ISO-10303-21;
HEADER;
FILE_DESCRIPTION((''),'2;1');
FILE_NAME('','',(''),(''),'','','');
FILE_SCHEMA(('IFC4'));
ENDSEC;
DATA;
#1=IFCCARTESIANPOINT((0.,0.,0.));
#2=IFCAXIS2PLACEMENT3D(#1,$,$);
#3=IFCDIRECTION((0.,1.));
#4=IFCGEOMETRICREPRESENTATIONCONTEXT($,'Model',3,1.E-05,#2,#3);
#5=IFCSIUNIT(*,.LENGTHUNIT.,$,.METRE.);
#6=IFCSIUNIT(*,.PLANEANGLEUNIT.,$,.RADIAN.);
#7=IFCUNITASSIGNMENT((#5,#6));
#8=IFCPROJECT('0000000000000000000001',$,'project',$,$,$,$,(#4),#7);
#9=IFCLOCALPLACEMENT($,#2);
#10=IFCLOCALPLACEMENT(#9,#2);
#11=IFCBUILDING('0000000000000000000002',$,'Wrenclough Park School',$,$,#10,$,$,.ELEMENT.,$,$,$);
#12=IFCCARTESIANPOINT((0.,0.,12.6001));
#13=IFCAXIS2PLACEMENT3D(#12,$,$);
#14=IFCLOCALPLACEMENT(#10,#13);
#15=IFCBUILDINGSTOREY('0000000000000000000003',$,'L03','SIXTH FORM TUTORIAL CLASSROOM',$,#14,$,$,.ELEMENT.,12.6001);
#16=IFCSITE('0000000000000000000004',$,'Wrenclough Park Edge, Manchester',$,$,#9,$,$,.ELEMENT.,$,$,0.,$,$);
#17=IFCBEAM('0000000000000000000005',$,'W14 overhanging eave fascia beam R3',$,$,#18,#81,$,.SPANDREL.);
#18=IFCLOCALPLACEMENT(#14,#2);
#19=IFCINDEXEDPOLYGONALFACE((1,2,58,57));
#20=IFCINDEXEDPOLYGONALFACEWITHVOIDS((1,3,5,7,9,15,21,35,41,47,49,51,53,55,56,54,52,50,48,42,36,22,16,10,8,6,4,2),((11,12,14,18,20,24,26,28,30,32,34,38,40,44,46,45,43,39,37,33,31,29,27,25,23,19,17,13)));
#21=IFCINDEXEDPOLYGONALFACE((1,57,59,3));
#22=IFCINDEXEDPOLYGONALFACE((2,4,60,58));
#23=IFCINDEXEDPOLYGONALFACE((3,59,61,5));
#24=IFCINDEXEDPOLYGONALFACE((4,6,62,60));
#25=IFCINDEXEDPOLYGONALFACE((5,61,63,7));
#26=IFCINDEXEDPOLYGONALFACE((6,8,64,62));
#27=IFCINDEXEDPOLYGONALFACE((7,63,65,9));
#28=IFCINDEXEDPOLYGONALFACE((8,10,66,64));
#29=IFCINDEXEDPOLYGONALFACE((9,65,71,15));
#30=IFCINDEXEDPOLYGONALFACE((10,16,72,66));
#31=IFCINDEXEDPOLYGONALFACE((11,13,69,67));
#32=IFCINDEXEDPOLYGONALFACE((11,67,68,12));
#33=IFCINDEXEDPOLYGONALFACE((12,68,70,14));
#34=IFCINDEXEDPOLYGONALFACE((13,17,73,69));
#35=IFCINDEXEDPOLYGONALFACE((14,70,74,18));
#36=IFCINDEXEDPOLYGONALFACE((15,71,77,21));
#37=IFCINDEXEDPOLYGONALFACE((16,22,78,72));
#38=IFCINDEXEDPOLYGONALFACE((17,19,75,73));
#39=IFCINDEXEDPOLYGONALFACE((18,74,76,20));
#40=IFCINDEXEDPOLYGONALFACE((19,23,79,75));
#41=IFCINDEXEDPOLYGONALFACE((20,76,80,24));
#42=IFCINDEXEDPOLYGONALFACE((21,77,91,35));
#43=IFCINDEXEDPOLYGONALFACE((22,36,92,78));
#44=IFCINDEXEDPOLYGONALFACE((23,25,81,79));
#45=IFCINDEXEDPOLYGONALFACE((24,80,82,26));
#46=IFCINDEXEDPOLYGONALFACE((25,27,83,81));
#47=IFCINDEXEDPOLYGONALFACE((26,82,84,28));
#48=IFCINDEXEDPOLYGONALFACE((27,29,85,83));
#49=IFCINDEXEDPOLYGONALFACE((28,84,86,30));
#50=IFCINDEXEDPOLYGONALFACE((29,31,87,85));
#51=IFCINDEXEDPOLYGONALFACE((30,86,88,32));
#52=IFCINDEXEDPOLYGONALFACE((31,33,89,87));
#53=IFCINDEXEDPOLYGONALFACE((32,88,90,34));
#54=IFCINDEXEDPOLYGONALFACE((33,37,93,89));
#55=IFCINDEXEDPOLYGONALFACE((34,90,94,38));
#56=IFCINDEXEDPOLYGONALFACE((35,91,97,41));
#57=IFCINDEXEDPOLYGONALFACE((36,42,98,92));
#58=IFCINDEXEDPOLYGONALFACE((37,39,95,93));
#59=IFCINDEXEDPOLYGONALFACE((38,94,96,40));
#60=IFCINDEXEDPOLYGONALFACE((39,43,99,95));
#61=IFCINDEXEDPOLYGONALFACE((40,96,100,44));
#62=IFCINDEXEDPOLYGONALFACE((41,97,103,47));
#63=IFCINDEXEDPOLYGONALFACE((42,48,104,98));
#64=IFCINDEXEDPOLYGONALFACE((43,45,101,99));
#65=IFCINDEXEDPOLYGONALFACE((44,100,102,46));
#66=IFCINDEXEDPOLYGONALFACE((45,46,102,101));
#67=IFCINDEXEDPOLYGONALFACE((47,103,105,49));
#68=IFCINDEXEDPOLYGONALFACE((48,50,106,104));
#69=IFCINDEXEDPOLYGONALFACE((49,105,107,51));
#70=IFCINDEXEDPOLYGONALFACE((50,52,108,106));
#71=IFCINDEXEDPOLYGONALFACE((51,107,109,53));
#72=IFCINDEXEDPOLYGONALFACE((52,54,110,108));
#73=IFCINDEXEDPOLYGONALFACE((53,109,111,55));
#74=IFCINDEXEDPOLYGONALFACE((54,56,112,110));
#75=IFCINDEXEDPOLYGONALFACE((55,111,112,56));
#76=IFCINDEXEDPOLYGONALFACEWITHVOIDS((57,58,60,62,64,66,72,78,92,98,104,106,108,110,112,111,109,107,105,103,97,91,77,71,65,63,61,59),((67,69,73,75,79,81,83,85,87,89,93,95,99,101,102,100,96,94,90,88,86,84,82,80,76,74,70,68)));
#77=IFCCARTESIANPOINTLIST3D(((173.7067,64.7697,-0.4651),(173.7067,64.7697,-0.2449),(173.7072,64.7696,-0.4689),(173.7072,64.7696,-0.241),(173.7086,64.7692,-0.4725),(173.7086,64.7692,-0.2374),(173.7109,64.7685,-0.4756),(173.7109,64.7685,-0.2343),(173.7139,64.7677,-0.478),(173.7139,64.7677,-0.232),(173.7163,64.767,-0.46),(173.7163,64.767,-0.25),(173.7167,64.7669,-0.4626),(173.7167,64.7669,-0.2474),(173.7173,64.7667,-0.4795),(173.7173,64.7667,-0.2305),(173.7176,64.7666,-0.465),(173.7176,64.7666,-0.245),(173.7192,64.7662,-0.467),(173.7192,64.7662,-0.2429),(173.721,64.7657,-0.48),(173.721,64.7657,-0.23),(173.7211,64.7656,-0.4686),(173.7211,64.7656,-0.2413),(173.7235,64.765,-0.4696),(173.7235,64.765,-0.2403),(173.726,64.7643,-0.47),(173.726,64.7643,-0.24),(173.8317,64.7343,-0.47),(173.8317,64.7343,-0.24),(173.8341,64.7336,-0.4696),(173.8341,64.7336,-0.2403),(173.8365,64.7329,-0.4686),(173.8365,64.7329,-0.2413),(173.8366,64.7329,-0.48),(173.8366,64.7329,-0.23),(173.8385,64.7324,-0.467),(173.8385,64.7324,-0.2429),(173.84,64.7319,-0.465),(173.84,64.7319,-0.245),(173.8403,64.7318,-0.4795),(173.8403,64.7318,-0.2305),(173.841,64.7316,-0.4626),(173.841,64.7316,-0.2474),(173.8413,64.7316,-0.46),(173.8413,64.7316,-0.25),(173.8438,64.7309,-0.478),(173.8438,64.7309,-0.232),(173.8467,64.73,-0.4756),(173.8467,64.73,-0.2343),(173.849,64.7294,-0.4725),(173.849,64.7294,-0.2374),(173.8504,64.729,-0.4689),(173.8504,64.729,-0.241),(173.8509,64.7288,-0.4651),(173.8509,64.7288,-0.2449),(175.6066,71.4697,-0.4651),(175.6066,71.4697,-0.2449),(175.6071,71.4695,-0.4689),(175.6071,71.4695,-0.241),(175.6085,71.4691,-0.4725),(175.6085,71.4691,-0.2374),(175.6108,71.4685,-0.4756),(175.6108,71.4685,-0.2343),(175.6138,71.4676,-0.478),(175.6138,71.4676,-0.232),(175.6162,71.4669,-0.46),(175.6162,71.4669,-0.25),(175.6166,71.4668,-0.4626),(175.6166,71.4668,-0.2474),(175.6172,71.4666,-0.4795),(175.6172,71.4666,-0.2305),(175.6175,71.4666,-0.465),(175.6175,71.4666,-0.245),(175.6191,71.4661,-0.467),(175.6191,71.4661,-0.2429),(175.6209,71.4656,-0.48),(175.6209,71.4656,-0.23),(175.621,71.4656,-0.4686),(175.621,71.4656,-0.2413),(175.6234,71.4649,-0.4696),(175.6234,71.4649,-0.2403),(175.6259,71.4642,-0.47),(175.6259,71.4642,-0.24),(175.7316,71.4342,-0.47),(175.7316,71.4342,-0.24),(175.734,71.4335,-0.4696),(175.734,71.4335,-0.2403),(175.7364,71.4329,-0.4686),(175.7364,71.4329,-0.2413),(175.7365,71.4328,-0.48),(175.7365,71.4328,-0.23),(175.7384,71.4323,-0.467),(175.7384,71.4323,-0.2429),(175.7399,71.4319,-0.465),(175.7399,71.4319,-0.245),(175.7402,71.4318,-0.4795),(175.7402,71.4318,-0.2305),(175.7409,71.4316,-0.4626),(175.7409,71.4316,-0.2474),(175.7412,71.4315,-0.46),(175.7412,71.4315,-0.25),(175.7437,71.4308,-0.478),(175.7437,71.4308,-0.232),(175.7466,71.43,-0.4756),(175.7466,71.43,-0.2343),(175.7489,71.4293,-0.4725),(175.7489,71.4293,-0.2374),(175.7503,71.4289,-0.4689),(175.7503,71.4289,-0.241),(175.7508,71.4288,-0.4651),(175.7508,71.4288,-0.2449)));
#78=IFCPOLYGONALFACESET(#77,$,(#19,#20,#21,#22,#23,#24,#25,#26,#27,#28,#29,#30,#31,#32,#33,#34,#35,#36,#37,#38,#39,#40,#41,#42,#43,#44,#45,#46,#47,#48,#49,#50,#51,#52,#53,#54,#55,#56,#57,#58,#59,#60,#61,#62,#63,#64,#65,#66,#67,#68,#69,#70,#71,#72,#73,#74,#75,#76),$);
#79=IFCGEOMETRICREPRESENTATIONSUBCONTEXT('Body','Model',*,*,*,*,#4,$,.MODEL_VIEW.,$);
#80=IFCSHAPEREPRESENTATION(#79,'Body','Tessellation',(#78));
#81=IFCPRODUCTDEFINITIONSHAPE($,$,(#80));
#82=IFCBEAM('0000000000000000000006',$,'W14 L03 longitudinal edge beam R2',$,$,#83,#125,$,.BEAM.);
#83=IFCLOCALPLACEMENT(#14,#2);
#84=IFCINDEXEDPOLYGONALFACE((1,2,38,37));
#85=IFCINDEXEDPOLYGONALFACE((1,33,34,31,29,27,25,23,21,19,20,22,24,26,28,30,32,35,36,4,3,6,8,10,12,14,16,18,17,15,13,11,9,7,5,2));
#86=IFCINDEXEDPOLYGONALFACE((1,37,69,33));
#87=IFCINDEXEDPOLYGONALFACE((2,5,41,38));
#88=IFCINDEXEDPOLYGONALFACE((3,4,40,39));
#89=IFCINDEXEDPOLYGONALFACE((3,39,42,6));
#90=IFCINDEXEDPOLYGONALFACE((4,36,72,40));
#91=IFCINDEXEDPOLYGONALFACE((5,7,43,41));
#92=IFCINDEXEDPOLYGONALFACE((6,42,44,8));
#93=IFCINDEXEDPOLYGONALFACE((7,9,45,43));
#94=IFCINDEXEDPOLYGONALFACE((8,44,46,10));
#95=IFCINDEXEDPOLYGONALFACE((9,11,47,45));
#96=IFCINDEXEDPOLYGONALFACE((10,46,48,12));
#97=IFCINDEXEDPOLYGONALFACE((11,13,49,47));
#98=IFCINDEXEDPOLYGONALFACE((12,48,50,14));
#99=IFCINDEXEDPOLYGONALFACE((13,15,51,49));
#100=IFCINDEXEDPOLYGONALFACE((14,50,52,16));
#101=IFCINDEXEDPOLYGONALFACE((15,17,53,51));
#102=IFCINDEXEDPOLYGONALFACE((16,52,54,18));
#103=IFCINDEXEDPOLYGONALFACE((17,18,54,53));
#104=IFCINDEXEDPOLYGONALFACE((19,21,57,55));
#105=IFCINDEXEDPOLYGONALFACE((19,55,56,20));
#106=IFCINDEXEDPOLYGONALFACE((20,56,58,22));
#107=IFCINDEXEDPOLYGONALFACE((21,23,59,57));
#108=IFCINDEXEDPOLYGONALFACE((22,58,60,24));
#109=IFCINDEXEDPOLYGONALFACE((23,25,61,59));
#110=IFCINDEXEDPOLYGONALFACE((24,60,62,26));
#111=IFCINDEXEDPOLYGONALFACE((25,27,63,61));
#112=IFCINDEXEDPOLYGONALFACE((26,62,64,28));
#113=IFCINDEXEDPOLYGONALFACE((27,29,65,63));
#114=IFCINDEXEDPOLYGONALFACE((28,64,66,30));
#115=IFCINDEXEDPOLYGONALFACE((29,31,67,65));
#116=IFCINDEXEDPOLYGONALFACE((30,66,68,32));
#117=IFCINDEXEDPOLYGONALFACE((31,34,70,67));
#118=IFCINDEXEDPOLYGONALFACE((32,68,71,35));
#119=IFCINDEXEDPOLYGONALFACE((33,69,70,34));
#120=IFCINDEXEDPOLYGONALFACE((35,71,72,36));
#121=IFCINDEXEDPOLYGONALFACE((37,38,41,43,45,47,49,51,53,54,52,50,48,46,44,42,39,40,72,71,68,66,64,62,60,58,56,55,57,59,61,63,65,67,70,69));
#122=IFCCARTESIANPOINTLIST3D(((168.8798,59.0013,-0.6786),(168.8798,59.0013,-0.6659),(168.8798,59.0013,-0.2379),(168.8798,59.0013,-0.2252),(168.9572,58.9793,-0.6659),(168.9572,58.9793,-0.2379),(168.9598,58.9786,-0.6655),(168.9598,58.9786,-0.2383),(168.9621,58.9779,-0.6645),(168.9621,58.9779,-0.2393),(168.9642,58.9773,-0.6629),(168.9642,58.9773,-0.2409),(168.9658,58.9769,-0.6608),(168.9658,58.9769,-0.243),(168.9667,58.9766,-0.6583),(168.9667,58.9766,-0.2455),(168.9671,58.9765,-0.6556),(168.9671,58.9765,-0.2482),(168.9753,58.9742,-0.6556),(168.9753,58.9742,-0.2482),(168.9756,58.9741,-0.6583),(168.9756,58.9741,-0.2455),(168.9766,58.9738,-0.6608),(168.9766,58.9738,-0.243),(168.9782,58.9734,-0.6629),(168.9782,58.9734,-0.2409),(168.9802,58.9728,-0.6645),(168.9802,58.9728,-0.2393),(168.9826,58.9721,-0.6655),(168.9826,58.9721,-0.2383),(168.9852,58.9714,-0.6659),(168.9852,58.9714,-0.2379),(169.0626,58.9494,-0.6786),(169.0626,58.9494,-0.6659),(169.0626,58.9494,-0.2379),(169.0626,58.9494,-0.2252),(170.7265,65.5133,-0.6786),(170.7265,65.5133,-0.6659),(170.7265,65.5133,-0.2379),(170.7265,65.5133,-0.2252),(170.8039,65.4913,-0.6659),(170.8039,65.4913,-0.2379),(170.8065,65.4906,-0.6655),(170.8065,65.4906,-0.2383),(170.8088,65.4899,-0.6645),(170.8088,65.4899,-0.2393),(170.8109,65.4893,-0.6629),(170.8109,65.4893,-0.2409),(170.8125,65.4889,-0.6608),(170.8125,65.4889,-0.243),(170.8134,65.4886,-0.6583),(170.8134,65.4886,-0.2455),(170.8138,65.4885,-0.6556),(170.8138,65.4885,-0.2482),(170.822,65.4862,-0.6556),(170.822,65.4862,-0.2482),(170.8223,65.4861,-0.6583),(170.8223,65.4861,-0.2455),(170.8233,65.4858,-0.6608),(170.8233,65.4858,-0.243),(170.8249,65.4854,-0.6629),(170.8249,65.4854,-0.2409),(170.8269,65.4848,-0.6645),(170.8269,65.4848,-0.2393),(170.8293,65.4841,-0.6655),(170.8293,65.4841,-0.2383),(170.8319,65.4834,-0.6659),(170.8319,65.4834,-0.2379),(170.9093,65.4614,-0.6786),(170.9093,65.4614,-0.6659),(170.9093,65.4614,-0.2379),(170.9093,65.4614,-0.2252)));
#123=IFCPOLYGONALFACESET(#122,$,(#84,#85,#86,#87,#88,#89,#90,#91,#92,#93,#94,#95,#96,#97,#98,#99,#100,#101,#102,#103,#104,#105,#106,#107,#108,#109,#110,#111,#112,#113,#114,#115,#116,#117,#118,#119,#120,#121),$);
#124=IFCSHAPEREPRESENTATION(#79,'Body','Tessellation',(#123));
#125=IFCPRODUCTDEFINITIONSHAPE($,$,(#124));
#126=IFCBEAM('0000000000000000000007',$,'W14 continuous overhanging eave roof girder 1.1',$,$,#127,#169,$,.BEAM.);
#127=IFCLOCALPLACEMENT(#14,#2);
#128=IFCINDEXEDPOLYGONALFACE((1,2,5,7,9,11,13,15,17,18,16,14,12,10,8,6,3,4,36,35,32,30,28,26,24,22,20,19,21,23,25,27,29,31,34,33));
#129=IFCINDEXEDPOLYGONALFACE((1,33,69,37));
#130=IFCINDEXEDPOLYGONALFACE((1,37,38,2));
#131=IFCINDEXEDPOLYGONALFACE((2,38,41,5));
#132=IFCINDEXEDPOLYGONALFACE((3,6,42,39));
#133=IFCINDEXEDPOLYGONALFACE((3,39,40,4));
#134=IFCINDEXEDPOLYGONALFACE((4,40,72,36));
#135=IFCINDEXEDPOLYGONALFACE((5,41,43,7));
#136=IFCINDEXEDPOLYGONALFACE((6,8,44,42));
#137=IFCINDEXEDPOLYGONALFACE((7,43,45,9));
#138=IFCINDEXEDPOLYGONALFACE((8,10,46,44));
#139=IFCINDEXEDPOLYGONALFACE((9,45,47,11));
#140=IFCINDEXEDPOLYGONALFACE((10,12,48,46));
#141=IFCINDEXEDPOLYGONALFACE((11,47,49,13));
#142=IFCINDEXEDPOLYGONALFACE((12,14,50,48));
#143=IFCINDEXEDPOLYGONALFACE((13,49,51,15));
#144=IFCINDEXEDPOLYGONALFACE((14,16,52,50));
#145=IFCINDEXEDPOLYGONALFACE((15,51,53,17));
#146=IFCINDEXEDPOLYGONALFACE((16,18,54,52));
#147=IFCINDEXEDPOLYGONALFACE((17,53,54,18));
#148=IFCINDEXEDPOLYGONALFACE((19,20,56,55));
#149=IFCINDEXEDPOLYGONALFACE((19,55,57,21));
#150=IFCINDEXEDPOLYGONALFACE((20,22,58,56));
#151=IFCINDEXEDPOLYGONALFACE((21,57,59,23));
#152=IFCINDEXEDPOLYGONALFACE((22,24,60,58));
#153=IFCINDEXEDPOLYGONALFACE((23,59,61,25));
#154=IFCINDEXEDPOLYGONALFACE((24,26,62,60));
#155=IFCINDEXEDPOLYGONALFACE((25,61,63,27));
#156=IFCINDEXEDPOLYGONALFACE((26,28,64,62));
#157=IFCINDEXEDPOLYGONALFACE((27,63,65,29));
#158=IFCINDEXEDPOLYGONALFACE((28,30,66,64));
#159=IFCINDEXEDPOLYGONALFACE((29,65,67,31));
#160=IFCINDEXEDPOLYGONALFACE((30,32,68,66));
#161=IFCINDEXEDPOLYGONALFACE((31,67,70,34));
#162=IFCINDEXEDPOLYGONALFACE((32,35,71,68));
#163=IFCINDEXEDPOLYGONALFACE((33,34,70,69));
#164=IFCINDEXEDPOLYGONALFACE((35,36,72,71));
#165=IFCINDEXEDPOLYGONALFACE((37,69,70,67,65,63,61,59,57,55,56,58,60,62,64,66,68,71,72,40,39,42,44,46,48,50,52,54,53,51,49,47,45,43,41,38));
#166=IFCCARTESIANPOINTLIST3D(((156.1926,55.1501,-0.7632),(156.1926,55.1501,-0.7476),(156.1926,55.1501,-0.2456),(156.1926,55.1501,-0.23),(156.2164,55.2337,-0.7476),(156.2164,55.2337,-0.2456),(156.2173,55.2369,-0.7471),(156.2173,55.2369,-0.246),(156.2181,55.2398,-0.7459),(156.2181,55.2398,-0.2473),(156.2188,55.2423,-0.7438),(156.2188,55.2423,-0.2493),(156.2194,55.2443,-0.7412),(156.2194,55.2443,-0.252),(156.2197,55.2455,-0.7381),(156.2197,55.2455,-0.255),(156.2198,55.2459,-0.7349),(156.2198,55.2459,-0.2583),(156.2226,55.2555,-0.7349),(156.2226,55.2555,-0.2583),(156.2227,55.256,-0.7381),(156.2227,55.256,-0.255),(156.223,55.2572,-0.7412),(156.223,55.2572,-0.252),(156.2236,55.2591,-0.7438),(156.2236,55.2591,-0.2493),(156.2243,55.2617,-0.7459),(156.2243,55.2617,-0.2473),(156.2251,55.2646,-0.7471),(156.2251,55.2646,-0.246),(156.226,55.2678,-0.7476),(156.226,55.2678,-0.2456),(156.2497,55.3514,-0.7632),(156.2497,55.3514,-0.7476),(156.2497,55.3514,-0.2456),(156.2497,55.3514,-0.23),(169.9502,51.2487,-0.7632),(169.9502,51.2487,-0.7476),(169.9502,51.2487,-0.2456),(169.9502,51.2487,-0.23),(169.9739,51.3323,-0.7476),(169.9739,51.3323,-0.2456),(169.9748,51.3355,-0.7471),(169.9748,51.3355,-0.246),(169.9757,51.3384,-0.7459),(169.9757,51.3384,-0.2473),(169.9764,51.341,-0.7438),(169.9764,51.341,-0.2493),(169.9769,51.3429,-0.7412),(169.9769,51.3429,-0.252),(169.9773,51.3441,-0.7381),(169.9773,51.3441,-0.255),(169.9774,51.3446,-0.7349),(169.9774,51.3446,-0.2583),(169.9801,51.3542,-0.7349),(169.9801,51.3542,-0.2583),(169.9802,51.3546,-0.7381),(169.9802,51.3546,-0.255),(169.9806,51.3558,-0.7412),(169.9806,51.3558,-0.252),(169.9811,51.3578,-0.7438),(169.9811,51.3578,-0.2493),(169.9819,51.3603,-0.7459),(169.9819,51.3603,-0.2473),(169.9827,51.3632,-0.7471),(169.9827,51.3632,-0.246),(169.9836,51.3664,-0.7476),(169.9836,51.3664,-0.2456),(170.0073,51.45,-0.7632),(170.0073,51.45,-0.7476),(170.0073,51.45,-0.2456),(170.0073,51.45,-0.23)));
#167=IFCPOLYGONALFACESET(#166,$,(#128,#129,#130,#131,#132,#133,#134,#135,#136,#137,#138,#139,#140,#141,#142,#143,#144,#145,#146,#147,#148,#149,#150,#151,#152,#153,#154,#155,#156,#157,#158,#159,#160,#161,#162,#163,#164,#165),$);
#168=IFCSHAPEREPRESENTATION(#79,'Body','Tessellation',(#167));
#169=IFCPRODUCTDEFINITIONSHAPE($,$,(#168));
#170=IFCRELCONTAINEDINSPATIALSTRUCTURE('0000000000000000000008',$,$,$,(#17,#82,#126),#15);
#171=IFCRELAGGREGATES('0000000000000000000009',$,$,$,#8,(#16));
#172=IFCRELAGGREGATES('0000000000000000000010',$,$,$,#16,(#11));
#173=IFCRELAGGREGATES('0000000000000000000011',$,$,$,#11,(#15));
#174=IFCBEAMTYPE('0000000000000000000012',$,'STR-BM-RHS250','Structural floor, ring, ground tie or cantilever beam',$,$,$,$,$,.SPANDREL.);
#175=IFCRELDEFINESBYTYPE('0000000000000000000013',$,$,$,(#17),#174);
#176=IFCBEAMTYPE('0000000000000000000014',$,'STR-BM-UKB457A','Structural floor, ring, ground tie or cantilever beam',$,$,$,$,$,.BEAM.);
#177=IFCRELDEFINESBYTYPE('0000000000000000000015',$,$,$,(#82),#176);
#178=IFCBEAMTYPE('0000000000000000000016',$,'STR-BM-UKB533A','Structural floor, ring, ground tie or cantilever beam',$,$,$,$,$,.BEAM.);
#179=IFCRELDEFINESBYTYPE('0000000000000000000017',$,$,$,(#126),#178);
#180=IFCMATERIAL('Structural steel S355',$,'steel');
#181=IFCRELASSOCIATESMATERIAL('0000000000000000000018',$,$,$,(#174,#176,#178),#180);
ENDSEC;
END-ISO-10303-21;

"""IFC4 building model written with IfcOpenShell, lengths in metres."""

from ifc_helpers import new_model, si_unit, direction, frame, origin, origin_2d, place, context, subcontext, project, spatial, hollow_rectangle, i_section, extrude, material, material_profile, profile_set, type_object, element, save


model = new_model("IFC4")

# Units and contexts
model_context = context("Model", 3, precision=1e-05, world=origin(), true_north=direction((0.0, 1.0)))
body_context = subcontext(model_context, "Body", "Model", "MODEL_VIEW")
ifc_project = project(units=[si_unit("LENGTHUNIT", "METRE"), si_unit("PLANEANGLEUNIT", "RADIAN")], contexts=[model_context])

# Site, building, storey
site_placement = place(None, origin())
site = spatial("IfcSite", under=ifc_project, at=site_placement, Name="Wrenclough Park Edge, Manchester", CompositionType="ELEMENT", RefElevation=0.0)
building_placement = place(site_placement, origin())
building = spatial("IfcBuilding", under=site, at=building_placement, Name="Wrenclough Park School", CompositionType="ELEMENT")
storey_placement = place(building_placement, frame((0.0, 0.0, 12.6001)))
storey = spatial("IfcBuildingStorey", under=building, at=storey_placement, Name="L03", Description="SIXTH FORM TUTORIAL CLASSROOM", CompositionType="ELEMENT", Elevation=12.6001)

# Beams
ifc_material_1 = material(Name="Structural steel S355", Category="steel")
ifc_material_profile_1 = material_profile(ifc_material_1, hollow_rectangle(XDim=0.1499, YDim=0.25, WallThickness=0.01, InnerFilletRadius=0.01, OuterFilletRadius=0.0149, at=origin_2d()), Name="RHS 250x150x10.0")
ifc_profile_set_1 = profile_set([ifc_material_profile_1], Name="Structural steel S355")
beam_type_1 = type_object("IfcBeamType", Name="STR-BM-RHS250", Description="Structural floor, ring, ground tie or cantilever beam", PredefinedType="SPANDREL", material=ifc_profile_set_1)
for number, where, z_axis, x_axis, name in (
    (1, (173.7788, 64.7493, -0.355), (0.272813, 0.962067, 0.0), (-0.962067, 0.272813, 0.0), "W14 overhanging eave fascia beam R3"),
):
    element("IfcBeam", number, at=place(storey_placement, frame(where, z_axis=z_axis, x_axis=x_axis)), inside=storey, type_object=beam_type_1, Name=name, PredefinedType="SPANDREL", context=body_context, shape_type="SweptSolid", body=[
        extrude(hollow_rectangle(XDim=0.1499, YDim=0.25, WallThickness=0.01, InnerFilletRadius=0.01, OuterFilletRadius=0.0149, at=origin_2d()), origin(), (0.0, 0.0, 1.0), 6.9641),
    ])
ifc_material_profile_2 = material_profile(ifc_material_1, i_section(OverallWidth=0.1899, OverallDepth=0.4534, WebThickness=0.0085, FlangeThickness=0.0127, FilletRadius=0.0103, at=origin_2d()), Name="UKB 457x191x67")
ifc_profile_set_2 = profile_set([ifc_material_profile_2], Name="Structural steel S355")
beam_type_2 = type_object("IfcBeamType", Name="STR-BM-UKB457A", Description="Structural floor, ring, ground tie or cantilever beam", PredefinedType="BEAM", material=ifc_profile_set_2)
beam_1_placement = place(storey_placement, frame((168.9712, 58.9753, -0.4519), z_axis=(0.272825, 0.962064, 0.0), x_axis=(-0.962064, 0.272825, 0.0)))
element("IfcBeam", 2, at=beam_1_placement, inside=storey, type_object=beam_type_2, Name="W14 L03 longitudinal edge beam R2", PredefinedType="BEAM", context=body_context, shape_type="SweptSolid", body=[
    extrude(i_section(OverallWidth=0.1899, OverallDepth=0.4534, WebThickness=0.0085, FlangeThickness=0.0127, FilletRadius=0.0103, at=origin_2d()), origin(), (0.0, 0.0, 1.0), 6.7688),
])
ifc_material_profile_3 = material_profile(ifc_material_1, i_section(OverallWidth=0.2092, OverallDepth=0.5332, WebThickness=0.01, FlangeThickness=0.0156, FilletRadius=0.0127, at=origin_2d()), Name="UKB 533x210x92")
ifc_profile_set_3 = profile_set([ifc_material_profile_3], Name="Structural steel S355")
beam_type_3 = type_object("IfcBeamType", Name="STR-BM-UKB533A", Description="Structural floor, ring, ground tie or cantilever beam", PredefinedType="BEAM", material=ifc_profile_set_3)
for number, where, z_axis, x_axis, name in (
    (3, (169.9788, 51.3494, -0.4966), (-0.962065, 0.272822, 0.0), (-0.272822, -0.962065, 0.0), "W14 continuous overhanging eave roof girder 1.1"),
):
    element("IfcBeam", number, at=place(storey_placement, frame(where, z_axis=z_axis, x_axis=x_axis)), inside=storey, type_object=beam_type_3, Name=name, PredefinedType="BEAM", context=body_context, shape_type="SweptSolid", body=[
        extrude(i_section(OverallWidth=0.2092, OverallDepth=0.5332, WebThickness=0.01, FlangeThickness=0.0156, FilletRadius=0.0127, at=origin_2d()), origin(), (0.0, 0.0, 1.0), 14.3),
    ])

save(model, "model.ifc")
